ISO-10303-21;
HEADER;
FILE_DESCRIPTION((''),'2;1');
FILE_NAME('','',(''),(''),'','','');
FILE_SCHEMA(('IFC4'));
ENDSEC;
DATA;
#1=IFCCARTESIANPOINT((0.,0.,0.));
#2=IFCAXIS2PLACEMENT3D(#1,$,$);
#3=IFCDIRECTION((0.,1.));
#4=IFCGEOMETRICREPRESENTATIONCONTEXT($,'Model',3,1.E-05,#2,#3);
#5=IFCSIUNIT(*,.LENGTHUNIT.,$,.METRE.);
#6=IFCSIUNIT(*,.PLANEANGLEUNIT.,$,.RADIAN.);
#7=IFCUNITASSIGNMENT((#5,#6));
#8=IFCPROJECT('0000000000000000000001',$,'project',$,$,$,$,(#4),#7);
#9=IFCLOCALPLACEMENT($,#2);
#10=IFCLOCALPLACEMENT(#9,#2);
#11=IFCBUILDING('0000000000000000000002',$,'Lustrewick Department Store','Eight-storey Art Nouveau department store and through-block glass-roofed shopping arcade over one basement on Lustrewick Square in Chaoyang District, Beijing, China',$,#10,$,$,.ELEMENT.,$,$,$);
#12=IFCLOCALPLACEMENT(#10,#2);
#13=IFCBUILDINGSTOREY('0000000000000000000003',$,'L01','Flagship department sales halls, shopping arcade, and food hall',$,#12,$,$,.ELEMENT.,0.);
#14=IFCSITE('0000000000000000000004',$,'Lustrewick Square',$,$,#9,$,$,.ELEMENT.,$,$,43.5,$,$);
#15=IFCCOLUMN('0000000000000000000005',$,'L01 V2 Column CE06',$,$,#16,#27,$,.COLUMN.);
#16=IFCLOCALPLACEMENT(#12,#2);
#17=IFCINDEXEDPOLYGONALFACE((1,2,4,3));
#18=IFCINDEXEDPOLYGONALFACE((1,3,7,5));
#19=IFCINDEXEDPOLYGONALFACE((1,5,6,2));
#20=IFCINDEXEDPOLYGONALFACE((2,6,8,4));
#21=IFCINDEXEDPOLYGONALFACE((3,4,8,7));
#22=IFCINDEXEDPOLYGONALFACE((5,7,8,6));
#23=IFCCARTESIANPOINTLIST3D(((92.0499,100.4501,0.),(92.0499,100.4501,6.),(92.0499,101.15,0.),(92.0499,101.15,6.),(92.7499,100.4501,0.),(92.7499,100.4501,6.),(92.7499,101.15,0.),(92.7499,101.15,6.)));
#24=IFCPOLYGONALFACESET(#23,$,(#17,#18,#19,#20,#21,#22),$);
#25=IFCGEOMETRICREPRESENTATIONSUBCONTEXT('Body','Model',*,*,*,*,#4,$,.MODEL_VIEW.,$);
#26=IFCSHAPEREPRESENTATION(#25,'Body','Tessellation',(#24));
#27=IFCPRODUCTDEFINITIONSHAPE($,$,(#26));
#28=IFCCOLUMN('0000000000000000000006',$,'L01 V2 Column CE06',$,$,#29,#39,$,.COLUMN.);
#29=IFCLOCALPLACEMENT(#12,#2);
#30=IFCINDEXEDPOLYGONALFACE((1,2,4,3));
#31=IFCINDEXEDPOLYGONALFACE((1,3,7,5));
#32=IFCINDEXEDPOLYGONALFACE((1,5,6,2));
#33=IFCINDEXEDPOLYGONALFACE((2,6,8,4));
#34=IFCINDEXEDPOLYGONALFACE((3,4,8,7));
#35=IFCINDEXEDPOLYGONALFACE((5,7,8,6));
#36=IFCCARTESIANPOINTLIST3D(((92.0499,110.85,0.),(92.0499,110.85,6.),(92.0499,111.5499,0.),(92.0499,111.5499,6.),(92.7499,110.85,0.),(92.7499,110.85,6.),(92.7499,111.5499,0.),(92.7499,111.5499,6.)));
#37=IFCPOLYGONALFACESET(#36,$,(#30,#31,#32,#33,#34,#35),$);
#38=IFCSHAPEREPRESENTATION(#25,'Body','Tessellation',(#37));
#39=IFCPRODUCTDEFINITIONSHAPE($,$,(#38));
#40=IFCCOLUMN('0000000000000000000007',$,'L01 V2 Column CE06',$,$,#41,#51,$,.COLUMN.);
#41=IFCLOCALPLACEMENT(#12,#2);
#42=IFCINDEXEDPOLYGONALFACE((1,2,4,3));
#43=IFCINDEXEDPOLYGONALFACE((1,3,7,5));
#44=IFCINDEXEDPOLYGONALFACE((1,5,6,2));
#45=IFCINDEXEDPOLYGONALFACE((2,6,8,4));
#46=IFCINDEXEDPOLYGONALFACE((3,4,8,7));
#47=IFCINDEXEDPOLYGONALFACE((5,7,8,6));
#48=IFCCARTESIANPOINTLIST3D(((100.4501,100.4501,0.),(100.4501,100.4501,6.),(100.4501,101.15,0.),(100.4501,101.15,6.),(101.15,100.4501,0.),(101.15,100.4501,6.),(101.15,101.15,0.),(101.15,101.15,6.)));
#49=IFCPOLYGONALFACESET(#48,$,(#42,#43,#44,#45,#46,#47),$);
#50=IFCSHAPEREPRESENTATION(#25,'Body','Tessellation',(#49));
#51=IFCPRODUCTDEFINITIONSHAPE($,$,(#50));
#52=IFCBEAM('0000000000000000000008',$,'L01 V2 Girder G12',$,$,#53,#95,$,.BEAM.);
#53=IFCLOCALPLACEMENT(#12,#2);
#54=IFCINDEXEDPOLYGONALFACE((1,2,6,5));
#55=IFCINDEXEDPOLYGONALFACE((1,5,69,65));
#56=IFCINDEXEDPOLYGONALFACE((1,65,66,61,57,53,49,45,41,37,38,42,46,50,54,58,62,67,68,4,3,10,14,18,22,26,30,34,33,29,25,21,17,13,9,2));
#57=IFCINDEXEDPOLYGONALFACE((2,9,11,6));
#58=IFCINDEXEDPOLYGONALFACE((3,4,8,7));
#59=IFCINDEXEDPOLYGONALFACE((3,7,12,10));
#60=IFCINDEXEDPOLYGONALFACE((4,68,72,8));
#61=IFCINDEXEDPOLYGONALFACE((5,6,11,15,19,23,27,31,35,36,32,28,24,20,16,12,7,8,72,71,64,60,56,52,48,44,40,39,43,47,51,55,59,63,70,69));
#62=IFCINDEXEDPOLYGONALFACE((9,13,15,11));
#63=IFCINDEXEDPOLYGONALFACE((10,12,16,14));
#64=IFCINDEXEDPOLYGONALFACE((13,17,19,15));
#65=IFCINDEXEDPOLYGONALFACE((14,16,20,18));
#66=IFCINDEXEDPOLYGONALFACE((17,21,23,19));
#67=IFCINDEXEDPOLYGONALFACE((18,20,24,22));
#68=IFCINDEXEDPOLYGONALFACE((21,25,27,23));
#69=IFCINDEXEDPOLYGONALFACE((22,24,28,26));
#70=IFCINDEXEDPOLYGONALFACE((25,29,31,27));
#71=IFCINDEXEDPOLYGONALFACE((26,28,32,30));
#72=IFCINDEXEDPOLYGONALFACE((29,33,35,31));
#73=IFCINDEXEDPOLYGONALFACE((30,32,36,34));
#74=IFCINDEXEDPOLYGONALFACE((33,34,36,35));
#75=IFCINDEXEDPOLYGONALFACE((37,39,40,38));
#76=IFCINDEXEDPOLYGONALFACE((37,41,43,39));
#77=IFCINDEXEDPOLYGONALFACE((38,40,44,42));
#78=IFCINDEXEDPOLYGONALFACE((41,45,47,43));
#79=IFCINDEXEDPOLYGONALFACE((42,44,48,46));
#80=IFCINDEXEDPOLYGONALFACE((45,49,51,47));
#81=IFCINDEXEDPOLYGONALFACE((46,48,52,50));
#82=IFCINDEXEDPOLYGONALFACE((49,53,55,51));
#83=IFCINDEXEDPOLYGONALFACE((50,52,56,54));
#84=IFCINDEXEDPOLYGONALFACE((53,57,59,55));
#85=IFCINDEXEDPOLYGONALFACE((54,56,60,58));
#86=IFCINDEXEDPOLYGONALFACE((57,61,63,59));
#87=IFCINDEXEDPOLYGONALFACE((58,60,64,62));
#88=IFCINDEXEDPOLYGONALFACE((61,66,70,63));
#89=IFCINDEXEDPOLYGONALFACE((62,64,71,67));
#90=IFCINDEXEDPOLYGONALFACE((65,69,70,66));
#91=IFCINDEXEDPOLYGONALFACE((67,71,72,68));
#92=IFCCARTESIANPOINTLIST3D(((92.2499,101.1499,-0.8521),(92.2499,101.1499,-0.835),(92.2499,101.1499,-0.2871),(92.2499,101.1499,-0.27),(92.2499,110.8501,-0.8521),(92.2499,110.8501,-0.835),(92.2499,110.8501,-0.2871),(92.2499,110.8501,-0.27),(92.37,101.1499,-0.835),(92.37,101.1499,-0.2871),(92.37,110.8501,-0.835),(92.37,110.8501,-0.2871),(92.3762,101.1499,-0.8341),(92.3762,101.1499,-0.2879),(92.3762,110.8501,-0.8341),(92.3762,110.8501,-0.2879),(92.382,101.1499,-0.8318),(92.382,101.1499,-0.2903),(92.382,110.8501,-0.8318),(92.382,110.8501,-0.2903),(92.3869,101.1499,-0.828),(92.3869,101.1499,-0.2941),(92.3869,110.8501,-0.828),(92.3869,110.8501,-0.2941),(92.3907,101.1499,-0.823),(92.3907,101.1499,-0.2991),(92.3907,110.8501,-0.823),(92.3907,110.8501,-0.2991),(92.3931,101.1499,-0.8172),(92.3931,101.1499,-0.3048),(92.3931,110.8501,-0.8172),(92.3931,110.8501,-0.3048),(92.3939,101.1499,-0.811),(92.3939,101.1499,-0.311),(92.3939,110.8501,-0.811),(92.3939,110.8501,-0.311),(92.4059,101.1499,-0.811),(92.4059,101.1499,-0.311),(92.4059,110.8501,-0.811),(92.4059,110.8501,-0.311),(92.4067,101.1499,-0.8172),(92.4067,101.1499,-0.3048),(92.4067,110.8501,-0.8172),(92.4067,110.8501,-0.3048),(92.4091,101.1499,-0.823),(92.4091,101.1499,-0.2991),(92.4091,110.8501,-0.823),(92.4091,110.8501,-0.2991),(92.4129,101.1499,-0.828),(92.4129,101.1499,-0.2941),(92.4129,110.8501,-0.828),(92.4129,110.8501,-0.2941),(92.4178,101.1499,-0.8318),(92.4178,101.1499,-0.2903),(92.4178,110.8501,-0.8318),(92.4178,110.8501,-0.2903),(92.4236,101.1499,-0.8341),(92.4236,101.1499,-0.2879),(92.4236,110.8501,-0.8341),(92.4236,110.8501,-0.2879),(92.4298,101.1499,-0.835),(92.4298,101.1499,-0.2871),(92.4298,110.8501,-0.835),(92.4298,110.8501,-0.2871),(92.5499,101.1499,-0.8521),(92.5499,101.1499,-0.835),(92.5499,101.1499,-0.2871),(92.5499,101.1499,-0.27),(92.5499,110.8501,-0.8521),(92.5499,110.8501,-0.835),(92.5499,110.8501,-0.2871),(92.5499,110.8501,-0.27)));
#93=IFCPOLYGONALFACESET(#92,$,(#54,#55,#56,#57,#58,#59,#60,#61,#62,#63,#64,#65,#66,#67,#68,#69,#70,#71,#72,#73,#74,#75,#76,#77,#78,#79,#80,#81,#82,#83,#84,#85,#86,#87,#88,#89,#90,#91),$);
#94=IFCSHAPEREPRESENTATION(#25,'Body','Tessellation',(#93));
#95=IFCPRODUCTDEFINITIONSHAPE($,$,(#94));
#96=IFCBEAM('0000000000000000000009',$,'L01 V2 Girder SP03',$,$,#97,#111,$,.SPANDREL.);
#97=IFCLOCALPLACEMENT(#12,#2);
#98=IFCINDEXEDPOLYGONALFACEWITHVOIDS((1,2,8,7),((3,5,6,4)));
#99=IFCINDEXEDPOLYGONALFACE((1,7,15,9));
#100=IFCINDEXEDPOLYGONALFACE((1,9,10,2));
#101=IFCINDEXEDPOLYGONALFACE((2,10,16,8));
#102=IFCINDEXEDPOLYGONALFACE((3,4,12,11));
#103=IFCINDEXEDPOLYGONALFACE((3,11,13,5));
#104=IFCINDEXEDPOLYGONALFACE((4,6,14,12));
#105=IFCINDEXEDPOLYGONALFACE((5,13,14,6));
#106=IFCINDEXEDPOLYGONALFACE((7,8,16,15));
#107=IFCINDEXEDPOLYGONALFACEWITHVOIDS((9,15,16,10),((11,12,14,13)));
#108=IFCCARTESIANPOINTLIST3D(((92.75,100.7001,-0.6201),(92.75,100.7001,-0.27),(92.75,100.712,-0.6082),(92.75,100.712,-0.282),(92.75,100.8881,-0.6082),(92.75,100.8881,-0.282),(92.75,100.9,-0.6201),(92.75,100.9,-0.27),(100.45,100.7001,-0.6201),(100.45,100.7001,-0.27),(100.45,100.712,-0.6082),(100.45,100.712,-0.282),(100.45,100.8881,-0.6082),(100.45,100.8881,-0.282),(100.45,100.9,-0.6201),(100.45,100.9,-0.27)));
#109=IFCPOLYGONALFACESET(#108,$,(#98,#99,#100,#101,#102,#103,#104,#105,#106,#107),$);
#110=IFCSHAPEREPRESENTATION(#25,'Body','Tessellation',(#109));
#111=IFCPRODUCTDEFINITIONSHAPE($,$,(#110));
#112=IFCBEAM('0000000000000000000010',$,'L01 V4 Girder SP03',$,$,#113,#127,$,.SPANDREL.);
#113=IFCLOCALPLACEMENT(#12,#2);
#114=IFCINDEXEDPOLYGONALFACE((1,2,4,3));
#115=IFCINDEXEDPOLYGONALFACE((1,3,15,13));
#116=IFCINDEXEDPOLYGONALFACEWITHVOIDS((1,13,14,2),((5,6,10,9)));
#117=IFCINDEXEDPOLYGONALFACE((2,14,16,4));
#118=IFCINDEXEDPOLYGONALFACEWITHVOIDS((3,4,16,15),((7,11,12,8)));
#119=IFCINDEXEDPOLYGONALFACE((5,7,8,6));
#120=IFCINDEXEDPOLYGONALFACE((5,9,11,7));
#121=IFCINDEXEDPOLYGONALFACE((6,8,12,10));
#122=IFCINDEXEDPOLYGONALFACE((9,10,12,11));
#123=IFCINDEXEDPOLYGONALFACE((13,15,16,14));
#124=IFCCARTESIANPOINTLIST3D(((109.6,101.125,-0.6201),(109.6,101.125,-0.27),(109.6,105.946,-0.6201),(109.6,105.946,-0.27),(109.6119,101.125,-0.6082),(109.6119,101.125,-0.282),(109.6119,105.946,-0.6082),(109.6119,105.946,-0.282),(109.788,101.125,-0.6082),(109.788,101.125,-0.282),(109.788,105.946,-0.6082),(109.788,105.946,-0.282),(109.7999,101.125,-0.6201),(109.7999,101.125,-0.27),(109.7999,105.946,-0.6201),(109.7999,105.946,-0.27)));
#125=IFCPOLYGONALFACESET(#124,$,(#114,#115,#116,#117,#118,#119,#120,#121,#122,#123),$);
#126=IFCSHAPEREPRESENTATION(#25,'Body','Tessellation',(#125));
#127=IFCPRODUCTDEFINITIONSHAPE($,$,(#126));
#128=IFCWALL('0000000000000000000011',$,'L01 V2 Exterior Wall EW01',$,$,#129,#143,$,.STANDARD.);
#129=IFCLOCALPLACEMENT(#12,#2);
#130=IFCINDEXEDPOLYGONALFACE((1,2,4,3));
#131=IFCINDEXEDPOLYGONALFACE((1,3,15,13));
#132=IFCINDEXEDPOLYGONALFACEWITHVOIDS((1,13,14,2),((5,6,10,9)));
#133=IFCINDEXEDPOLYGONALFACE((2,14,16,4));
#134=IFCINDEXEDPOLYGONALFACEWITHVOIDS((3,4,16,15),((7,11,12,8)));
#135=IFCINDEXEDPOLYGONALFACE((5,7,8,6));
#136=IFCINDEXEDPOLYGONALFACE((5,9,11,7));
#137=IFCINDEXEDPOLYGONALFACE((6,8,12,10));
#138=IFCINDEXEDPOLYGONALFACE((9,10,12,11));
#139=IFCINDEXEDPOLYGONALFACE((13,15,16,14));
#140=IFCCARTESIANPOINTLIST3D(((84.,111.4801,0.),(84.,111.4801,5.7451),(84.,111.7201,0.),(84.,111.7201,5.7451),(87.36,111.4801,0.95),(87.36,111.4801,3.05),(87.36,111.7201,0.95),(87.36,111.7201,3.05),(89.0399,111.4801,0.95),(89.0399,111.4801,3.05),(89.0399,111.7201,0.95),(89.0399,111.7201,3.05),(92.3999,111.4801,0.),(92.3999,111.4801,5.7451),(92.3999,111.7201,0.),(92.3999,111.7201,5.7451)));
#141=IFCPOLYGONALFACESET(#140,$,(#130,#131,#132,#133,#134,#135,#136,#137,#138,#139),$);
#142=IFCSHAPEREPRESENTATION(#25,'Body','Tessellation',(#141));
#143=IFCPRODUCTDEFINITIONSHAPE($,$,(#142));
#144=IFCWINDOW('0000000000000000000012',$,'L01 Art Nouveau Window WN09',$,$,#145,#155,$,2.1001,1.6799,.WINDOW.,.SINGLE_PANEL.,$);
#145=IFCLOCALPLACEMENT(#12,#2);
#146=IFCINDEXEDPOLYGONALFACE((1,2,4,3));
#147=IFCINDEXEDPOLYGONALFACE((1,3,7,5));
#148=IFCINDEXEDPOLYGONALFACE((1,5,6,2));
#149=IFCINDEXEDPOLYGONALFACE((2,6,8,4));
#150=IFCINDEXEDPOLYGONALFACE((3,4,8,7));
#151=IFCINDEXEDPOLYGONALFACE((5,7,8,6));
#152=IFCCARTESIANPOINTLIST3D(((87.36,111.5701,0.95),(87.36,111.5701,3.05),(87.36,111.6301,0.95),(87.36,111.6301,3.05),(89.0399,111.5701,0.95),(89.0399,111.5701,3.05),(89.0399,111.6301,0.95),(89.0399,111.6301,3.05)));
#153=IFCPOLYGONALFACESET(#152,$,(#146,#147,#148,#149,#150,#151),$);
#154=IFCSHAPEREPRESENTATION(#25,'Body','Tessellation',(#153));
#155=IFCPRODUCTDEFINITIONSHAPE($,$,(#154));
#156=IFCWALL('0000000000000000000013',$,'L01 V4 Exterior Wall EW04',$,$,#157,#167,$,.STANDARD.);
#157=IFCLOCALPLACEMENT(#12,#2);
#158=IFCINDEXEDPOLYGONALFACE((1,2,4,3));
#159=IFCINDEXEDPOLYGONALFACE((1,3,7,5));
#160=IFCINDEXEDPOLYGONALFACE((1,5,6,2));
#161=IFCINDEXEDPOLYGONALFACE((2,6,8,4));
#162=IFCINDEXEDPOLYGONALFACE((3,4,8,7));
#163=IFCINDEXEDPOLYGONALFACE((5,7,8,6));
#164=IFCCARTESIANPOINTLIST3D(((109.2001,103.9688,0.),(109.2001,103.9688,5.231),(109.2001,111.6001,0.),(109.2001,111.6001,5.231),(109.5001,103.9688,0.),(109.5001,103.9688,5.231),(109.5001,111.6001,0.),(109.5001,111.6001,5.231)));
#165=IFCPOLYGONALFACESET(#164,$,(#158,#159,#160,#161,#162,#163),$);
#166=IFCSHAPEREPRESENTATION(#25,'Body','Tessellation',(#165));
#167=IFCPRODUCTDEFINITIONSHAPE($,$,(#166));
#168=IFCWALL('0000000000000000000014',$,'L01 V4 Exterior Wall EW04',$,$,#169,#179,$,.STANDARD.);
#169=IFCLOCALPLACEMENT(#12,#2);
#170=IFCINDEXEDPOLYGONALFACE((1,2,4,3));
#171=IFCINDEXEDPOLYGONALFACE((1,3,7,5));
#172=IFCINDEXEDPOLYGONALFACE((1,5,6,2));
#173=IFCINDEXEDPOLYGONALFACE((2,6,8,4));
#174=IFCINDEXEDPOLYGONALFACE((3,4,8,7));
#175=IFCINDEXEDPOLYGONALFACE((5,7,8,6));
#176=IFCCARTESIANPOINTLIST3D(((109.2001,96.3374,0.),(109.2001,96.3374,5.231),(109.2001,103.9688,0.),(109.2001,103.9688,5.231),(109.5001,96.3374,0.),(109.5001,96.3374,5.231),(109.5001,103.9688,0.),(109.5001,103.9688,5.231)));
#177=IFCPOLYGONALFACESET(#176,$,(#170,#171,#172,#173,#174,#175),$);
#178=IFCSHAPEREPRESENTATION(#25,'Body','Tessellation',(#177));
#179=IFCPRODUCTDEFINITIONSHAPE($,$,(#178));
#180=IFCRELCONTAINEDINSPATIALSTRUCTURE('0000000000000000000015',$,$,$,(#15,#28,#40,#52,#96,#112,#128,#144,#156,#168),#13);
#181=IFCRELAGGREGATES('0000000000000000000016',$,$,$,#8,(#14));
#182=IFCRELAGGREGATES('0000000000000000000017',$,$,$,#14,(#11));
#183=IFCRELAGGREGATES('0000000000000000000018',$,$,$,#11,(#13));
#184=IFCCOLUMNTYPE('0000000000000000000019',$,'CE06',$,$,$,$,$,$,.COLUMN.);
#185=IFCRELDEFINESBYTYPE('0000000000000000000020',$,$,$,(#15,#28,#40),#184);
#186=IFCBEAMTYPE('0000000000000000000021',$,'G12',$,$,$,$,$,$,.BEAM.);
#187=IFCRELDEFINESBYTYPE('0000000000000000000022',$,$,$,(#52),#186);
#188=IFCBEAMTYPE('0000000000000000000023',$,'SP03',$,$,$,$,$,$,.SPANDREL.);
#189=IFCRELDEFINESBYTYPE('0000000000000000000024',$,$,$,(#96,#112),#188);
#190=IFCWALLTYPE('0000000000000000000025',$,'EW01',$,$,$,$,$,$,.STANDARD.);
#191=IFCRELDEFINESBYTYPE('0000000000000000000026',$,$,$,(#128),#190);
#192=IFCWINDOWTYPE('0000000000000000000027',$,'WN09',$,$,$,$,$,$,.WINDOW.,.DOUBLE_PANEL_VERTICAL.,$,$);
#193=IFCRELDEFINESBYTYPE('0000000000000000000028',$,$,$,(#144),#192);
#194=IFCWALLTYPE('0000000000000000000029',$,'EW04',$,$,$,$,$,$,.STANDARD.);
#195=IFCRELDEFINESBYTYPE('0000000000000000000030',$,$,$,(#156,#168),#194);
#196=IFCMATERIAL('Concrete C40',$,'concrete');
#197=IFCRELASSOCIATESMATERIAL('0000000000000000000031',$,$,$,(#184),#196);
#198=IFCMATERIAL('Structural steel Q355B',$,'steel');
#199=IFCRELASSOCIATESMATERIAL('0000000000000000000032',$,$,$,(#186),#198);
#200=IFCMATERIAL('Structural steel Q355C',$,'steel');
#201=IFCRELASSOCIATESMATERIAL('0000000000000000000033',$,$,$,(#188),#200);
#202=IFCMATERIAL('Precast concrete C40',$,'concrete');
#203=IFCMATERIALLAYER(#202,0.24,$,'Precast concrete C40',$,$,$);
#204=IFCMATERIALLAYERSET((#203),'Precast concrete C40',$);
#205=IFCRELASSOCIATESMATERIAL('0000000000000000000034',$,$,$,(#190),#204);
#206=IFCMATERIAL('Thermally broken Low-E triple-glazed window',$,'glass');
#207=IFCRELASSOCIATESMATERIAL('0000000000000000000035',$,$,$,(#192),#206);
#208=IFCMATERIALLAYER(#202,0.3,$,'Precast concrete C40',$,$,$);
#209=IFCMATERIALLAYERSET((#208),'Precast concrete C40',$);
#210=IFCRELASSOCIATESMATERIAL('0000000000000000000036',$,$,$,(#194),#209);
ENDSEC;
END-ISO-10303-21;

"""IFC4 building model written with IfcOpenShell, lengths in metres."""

from ifc_helpers import new_model, si_unit, direction, frame, frame_2d, origin, origin_2d, place, context, subcontext, project, spatial, rectangle, hollow_rectangle, i_section, extrude, material, layer, layer_set, material_profile, profile_set, type_object, element, fill, save


model = new_model("IFC4")

# Units and contexts
model_context = context("Model", 3, precision=1e-05, world=origin(), true_north=direction((0.0, 1.0)))
body_context = subcontext(model_context, "Body", "Model", "MODEL_VIEW")
ifc_project = project(units=[si_unit("LENGTHUNIT", "METRE"), si_unit("PLANEANGLEUNIT", "RADIAN")], contexts=[model_context])

# Site, building, storey
site_placement = place(None, origin())
site = spatial("IfcSite", under=ifc_project, at=site_placement, Name="Lustrewick Square", CompositionType="ELEMENT", RefElevation=43.5)
building_placement = place(site_placement, origin())
building = spatial("IfcBuilding", under=site, at=building_placement, Name="Lustrewick Department Store", Description="Eight-storey Art Nouveau department store and through-block glass-roofed shopping arcade over one basement on Lustrewick Square in Chaoyang District, Beijing, China", CompositionType="ELEMENT")
storey_placement = place(building_placement, origin())
storey = spatial("IfcBuildingStorey", under=building, at=storey_placement, Name="L01", Description="Flagship department sales halls, shopping arcade, and food hall", CompositionType="ELEMENT", Elevation=0.0)

# Columns
ifc_material_1 = material(Name="Concrete C40", Category="concrete")
ifc_material_profile_1 = material_profile(ifc_material_1, rectangle(XDim=0.7, YDim=0.7, at=origin_2d()), Name="RC 700x700")
ifc_profile_set_1 = profile_set([ifc_material_profile_1], Name="Concrete C40")
column_type = type_object("IfcColumnType", Name="CE06", PredefinedType="COLUMN", material=ifc_profile_set_1)
for number, where, z_axis, x_axis, name in (
    (1, (92.3999, 100.8, 0.0), (0.0, 0.0, 1.0), (1.0, 0.0, 0.0), "L01 V2 Column CE06"),
    (2, (92.3999, 111.2, 0.0), (0.0, 0.0, 1.0), (1.0, 0.0, 0.0), "L01 V2 Column CE06"),
    (3, (100.8, 100.8, 0.0), (0.0, 0.0, 1.0), (1.0, 0.0, 0.0), "L01 V2 Column CE06"),
):
    element("IfcColumn", number, at=place(storey_placement, frame(where, z_axis=z_axis, x_axis=x_axis)), inside=storey, type_object=column_type, Name=name, PredefinedType="COLUMN", context=body_context, shape_type="SweptSolid", body=[
        extrude(rectangle(XDim=0.7, YDim=0.7, at=origin_2d()), origin(), (0.0, 0.0, 1.0), 6.0),
    ])

# Beams
ifc_material_2 = material(Name="Structural steel Q355B", Category="steel")
ifc_material_profile_2 = material_profile(ifc_material_2, i_section(OverallWidth=0.3, OverallDepth=0.582, WebThickness=0.012, FlangeThickness=0.0171, FilletRadius=0.0239, at=origin_2d()), Name="HM 582x300x12x17")
ifc_profile_set_2 = profile_set([ifc_material_profile_2], Name="Structural steel Q355B")
beam_type_1 = type_object("IfcBeamType", Name="G12", PredefinedType="BEAM", material=ifc_profile_set_2)
beam_1_placement = place(storey_placement, frame((92.3999, 101.1499, -0.561), z_axis=(0.0, 1.0, 0.0), x_axis=(-1.0, 0.0, 0.0)))
element("IfcBeam", 4, at=beam_1_placement, inside=storey, type_object=beam_type_1, Name="L01 V2 Girder G12", PredefinedType="BEAM", context=body_context, shape_type="SweptSolid", body=[
    extrude(i_section(OverallWidth=0.3, OverallDepth=0.582, WebThickness=0.012, FlangeThickness=0.0171, FilletRadius=0.0239, at=origin_2d()), origin(), (0.0, 0.0, 1.0), 9.7002),
])
ifc_material_3 = material(Name="Structural steel Q355C", Category="steel")
ifc_material_profile_3 = material_profile(ifc_material_3, hollow_rectangle(XDim=0.2, YDim=0.3501, WallThickness=0.012, at=origin_2d()), Name="RHS 350x200x12")
ifc_profile_set_3 = profile_set([ifc_material_profile_3], Name="Structural steel Q355C")
beam_type_2 = type_object("IfcBeamType", Name="SP03", PredefinedType="SPANDREL", material=ifc_profile_set_3)
beam_2_placement = place(storey_placement, frame((92.75, 100.8, -0.4451), z_axis=(1.0, 0.0, 0.0), x_axis=(0.0, 1.0, 0.0)))
element("IfcBeam", 5, at=beam_2_placement, inside=storey, type_object=beam_type_2, Name="L01 V2 Girder SP03", PredefinedType="SPANDREL", context=body_context, shape_type="SweptSolid", body=[
    extrude(hollow_rectangle(XDim=0.2, YDim=0.3501, WallThickness=0.012, at=origin_2d()), origin(), (0.0, 0.0, 1.0), 7.7),
])
beam_3_placement = place(storey_placement, frame((109.7, 101.125, -0.4451), z_axis=(0.0, 1.0, 0.0), x_axis=(-1.0, 0.0, 0.0)))
element("IfcBeam", 6, at=beam_3_placement, inside=storey, type_object=beam_type_2, Name="L01 V4 Girder SP03", PredefinedType="SPANDREL", context=body_context, shape_type="SweptSolid", body=[
    extrude(hollow_rectangle(XDim=0.2, YDim=0.3501, WallThickness=0.012, at=origin_2d()), origin(), (0.0, 0.0, 1.0), 4.821),
])

# Shared definitions
ifc_material_4 = material(Name="Precast concrete C40", Category="concrete")
ifc_layer_1 = layer(ifc_material_4, 0.24, Name="Precast concrete C40")
ifc_layer_set_1 = layer_set([ifc_layer_1], Name="Precast concrete C40")
wall_type_1 = type_object("IfcWallType", Name="EW01", PredefinedType="STANDARD", material=ifc_layer_set_1)

# Wall, opening, window
wall_1_placement = place(storey_placement, frame((92.3999, 111.6001, 0.0), z_axis=(0.0, 0.0, 1.0), x_axis=(-1.0, 0.0, 0.0)))
wall_1 = element("IfcWall", 7, at=wall_1_placement, inside=storey, type_object=wall_type_1, Name="L01 V2 Exterior Wall EW01", PredefinedType="STANDARD", context=body_context, shape_type="SweptSolid", body=[
    extrude(rectangle(XDim=8.3999, YDim=0.24, at=frame_2d((4.2, 0.0))), origin(), (0.0, 0.0, 1.0), 5.7451),
])
opening_1_placement = place(wall_1_placement, frame((3.3601, 0.0, 0.95)))
opening_1 = element("IfcOpeningElement", 8, at=opening_1_placement, cuts=wall_1, PredefinedType="OPENING", context=body_context, shape_type="SweptSolid", body=[
    extrude(rectangle(XDim=1.6799, YDim=2.1001, at=frame_2d((0.8398, 1.05))), frame((0.0, 0.1299, 0.0), z_axis=(0.0, -1.0, 0.0), x_axis=(1.0, 0.0, 0.0)), (0.0, 0.0, 1.0), 0.26),
])
ifc_material_5 = material(Name="Thermally broken Low-E triple-glazed window", Category="glass")
window_type = type_object("IfcWindowType", Name="WN09", PartitioningType="DOUBLE_PANEL_VERTICAL", PredefinedType="WINDOW", material=ifc_material_5)
window_placement = place(opening_1_placement, origin())
window = element("IfcWindow", 9, at=window_placement, inside=storey, type_object=window_type, Name="L01 Art Nouveau Window WN09", OverallHeight=2.1001, OverallWidth=1.6799, PartitioningType="SINGLE_PANEL", PredefinedType="WINDOW", context=body_context, shape_type="SweptSolid", body=[
    extrude(rectangle(XDim=1.6799, YDim=2.1001, at=frame_2d((0.8398, 1.05))), frame((0.0, 0.03, 0.0), z_axis=(0.0, -1.0, 0.0), x_axis=(1.0, 0.0, 0.0)), (0.0, 0.0, 1.0), 0.0601),
])
fill(opening_1, window)

# Walls
ifc_layer_2 = layer(ifc_material_4, 0.3, Name="Precast concrete C40")
ifc_layer_set_2 = layer_set([ifc_layer_2], Name="Precast concrete C40")
wall_type_2 = type_object("IfcWallType", Name="EW04", PredefinedType="STANDARD", material=ifc_layer_set_2)
for number, where, z_axis, x_axis, name in (
    (10, (109.3501, 111.6001, 0.0), (0.0, 0.0, 1.0), (0.0, -1.0, 0.0), "L01 V4 Exterior Wall EW04"),
    (11, (109.3501, 103.9688, 0.0), (0.0, 0.0, 1.0), (0.0, -1.0, 0.0), "L01 V4 Exterior Wall EW04"),
):
    element("IfcWall", number, at=place(storey_placement, frame(where, z_axis=z_axis, x_axis=x_axis)), inside=storey, type_object=wall_type_2, Name=name, PredefinedType="STANDARD", context=body_context, shape_type="SweptSolid", body=[
        extrude(rectangle(XDim=7.6313, YDim=0.3, at=frame_2d((3.8157, 0.0))), origin(), (0.0, 0.0, 1.0), 5.231),
    ])

save(model, "model.ifc")
